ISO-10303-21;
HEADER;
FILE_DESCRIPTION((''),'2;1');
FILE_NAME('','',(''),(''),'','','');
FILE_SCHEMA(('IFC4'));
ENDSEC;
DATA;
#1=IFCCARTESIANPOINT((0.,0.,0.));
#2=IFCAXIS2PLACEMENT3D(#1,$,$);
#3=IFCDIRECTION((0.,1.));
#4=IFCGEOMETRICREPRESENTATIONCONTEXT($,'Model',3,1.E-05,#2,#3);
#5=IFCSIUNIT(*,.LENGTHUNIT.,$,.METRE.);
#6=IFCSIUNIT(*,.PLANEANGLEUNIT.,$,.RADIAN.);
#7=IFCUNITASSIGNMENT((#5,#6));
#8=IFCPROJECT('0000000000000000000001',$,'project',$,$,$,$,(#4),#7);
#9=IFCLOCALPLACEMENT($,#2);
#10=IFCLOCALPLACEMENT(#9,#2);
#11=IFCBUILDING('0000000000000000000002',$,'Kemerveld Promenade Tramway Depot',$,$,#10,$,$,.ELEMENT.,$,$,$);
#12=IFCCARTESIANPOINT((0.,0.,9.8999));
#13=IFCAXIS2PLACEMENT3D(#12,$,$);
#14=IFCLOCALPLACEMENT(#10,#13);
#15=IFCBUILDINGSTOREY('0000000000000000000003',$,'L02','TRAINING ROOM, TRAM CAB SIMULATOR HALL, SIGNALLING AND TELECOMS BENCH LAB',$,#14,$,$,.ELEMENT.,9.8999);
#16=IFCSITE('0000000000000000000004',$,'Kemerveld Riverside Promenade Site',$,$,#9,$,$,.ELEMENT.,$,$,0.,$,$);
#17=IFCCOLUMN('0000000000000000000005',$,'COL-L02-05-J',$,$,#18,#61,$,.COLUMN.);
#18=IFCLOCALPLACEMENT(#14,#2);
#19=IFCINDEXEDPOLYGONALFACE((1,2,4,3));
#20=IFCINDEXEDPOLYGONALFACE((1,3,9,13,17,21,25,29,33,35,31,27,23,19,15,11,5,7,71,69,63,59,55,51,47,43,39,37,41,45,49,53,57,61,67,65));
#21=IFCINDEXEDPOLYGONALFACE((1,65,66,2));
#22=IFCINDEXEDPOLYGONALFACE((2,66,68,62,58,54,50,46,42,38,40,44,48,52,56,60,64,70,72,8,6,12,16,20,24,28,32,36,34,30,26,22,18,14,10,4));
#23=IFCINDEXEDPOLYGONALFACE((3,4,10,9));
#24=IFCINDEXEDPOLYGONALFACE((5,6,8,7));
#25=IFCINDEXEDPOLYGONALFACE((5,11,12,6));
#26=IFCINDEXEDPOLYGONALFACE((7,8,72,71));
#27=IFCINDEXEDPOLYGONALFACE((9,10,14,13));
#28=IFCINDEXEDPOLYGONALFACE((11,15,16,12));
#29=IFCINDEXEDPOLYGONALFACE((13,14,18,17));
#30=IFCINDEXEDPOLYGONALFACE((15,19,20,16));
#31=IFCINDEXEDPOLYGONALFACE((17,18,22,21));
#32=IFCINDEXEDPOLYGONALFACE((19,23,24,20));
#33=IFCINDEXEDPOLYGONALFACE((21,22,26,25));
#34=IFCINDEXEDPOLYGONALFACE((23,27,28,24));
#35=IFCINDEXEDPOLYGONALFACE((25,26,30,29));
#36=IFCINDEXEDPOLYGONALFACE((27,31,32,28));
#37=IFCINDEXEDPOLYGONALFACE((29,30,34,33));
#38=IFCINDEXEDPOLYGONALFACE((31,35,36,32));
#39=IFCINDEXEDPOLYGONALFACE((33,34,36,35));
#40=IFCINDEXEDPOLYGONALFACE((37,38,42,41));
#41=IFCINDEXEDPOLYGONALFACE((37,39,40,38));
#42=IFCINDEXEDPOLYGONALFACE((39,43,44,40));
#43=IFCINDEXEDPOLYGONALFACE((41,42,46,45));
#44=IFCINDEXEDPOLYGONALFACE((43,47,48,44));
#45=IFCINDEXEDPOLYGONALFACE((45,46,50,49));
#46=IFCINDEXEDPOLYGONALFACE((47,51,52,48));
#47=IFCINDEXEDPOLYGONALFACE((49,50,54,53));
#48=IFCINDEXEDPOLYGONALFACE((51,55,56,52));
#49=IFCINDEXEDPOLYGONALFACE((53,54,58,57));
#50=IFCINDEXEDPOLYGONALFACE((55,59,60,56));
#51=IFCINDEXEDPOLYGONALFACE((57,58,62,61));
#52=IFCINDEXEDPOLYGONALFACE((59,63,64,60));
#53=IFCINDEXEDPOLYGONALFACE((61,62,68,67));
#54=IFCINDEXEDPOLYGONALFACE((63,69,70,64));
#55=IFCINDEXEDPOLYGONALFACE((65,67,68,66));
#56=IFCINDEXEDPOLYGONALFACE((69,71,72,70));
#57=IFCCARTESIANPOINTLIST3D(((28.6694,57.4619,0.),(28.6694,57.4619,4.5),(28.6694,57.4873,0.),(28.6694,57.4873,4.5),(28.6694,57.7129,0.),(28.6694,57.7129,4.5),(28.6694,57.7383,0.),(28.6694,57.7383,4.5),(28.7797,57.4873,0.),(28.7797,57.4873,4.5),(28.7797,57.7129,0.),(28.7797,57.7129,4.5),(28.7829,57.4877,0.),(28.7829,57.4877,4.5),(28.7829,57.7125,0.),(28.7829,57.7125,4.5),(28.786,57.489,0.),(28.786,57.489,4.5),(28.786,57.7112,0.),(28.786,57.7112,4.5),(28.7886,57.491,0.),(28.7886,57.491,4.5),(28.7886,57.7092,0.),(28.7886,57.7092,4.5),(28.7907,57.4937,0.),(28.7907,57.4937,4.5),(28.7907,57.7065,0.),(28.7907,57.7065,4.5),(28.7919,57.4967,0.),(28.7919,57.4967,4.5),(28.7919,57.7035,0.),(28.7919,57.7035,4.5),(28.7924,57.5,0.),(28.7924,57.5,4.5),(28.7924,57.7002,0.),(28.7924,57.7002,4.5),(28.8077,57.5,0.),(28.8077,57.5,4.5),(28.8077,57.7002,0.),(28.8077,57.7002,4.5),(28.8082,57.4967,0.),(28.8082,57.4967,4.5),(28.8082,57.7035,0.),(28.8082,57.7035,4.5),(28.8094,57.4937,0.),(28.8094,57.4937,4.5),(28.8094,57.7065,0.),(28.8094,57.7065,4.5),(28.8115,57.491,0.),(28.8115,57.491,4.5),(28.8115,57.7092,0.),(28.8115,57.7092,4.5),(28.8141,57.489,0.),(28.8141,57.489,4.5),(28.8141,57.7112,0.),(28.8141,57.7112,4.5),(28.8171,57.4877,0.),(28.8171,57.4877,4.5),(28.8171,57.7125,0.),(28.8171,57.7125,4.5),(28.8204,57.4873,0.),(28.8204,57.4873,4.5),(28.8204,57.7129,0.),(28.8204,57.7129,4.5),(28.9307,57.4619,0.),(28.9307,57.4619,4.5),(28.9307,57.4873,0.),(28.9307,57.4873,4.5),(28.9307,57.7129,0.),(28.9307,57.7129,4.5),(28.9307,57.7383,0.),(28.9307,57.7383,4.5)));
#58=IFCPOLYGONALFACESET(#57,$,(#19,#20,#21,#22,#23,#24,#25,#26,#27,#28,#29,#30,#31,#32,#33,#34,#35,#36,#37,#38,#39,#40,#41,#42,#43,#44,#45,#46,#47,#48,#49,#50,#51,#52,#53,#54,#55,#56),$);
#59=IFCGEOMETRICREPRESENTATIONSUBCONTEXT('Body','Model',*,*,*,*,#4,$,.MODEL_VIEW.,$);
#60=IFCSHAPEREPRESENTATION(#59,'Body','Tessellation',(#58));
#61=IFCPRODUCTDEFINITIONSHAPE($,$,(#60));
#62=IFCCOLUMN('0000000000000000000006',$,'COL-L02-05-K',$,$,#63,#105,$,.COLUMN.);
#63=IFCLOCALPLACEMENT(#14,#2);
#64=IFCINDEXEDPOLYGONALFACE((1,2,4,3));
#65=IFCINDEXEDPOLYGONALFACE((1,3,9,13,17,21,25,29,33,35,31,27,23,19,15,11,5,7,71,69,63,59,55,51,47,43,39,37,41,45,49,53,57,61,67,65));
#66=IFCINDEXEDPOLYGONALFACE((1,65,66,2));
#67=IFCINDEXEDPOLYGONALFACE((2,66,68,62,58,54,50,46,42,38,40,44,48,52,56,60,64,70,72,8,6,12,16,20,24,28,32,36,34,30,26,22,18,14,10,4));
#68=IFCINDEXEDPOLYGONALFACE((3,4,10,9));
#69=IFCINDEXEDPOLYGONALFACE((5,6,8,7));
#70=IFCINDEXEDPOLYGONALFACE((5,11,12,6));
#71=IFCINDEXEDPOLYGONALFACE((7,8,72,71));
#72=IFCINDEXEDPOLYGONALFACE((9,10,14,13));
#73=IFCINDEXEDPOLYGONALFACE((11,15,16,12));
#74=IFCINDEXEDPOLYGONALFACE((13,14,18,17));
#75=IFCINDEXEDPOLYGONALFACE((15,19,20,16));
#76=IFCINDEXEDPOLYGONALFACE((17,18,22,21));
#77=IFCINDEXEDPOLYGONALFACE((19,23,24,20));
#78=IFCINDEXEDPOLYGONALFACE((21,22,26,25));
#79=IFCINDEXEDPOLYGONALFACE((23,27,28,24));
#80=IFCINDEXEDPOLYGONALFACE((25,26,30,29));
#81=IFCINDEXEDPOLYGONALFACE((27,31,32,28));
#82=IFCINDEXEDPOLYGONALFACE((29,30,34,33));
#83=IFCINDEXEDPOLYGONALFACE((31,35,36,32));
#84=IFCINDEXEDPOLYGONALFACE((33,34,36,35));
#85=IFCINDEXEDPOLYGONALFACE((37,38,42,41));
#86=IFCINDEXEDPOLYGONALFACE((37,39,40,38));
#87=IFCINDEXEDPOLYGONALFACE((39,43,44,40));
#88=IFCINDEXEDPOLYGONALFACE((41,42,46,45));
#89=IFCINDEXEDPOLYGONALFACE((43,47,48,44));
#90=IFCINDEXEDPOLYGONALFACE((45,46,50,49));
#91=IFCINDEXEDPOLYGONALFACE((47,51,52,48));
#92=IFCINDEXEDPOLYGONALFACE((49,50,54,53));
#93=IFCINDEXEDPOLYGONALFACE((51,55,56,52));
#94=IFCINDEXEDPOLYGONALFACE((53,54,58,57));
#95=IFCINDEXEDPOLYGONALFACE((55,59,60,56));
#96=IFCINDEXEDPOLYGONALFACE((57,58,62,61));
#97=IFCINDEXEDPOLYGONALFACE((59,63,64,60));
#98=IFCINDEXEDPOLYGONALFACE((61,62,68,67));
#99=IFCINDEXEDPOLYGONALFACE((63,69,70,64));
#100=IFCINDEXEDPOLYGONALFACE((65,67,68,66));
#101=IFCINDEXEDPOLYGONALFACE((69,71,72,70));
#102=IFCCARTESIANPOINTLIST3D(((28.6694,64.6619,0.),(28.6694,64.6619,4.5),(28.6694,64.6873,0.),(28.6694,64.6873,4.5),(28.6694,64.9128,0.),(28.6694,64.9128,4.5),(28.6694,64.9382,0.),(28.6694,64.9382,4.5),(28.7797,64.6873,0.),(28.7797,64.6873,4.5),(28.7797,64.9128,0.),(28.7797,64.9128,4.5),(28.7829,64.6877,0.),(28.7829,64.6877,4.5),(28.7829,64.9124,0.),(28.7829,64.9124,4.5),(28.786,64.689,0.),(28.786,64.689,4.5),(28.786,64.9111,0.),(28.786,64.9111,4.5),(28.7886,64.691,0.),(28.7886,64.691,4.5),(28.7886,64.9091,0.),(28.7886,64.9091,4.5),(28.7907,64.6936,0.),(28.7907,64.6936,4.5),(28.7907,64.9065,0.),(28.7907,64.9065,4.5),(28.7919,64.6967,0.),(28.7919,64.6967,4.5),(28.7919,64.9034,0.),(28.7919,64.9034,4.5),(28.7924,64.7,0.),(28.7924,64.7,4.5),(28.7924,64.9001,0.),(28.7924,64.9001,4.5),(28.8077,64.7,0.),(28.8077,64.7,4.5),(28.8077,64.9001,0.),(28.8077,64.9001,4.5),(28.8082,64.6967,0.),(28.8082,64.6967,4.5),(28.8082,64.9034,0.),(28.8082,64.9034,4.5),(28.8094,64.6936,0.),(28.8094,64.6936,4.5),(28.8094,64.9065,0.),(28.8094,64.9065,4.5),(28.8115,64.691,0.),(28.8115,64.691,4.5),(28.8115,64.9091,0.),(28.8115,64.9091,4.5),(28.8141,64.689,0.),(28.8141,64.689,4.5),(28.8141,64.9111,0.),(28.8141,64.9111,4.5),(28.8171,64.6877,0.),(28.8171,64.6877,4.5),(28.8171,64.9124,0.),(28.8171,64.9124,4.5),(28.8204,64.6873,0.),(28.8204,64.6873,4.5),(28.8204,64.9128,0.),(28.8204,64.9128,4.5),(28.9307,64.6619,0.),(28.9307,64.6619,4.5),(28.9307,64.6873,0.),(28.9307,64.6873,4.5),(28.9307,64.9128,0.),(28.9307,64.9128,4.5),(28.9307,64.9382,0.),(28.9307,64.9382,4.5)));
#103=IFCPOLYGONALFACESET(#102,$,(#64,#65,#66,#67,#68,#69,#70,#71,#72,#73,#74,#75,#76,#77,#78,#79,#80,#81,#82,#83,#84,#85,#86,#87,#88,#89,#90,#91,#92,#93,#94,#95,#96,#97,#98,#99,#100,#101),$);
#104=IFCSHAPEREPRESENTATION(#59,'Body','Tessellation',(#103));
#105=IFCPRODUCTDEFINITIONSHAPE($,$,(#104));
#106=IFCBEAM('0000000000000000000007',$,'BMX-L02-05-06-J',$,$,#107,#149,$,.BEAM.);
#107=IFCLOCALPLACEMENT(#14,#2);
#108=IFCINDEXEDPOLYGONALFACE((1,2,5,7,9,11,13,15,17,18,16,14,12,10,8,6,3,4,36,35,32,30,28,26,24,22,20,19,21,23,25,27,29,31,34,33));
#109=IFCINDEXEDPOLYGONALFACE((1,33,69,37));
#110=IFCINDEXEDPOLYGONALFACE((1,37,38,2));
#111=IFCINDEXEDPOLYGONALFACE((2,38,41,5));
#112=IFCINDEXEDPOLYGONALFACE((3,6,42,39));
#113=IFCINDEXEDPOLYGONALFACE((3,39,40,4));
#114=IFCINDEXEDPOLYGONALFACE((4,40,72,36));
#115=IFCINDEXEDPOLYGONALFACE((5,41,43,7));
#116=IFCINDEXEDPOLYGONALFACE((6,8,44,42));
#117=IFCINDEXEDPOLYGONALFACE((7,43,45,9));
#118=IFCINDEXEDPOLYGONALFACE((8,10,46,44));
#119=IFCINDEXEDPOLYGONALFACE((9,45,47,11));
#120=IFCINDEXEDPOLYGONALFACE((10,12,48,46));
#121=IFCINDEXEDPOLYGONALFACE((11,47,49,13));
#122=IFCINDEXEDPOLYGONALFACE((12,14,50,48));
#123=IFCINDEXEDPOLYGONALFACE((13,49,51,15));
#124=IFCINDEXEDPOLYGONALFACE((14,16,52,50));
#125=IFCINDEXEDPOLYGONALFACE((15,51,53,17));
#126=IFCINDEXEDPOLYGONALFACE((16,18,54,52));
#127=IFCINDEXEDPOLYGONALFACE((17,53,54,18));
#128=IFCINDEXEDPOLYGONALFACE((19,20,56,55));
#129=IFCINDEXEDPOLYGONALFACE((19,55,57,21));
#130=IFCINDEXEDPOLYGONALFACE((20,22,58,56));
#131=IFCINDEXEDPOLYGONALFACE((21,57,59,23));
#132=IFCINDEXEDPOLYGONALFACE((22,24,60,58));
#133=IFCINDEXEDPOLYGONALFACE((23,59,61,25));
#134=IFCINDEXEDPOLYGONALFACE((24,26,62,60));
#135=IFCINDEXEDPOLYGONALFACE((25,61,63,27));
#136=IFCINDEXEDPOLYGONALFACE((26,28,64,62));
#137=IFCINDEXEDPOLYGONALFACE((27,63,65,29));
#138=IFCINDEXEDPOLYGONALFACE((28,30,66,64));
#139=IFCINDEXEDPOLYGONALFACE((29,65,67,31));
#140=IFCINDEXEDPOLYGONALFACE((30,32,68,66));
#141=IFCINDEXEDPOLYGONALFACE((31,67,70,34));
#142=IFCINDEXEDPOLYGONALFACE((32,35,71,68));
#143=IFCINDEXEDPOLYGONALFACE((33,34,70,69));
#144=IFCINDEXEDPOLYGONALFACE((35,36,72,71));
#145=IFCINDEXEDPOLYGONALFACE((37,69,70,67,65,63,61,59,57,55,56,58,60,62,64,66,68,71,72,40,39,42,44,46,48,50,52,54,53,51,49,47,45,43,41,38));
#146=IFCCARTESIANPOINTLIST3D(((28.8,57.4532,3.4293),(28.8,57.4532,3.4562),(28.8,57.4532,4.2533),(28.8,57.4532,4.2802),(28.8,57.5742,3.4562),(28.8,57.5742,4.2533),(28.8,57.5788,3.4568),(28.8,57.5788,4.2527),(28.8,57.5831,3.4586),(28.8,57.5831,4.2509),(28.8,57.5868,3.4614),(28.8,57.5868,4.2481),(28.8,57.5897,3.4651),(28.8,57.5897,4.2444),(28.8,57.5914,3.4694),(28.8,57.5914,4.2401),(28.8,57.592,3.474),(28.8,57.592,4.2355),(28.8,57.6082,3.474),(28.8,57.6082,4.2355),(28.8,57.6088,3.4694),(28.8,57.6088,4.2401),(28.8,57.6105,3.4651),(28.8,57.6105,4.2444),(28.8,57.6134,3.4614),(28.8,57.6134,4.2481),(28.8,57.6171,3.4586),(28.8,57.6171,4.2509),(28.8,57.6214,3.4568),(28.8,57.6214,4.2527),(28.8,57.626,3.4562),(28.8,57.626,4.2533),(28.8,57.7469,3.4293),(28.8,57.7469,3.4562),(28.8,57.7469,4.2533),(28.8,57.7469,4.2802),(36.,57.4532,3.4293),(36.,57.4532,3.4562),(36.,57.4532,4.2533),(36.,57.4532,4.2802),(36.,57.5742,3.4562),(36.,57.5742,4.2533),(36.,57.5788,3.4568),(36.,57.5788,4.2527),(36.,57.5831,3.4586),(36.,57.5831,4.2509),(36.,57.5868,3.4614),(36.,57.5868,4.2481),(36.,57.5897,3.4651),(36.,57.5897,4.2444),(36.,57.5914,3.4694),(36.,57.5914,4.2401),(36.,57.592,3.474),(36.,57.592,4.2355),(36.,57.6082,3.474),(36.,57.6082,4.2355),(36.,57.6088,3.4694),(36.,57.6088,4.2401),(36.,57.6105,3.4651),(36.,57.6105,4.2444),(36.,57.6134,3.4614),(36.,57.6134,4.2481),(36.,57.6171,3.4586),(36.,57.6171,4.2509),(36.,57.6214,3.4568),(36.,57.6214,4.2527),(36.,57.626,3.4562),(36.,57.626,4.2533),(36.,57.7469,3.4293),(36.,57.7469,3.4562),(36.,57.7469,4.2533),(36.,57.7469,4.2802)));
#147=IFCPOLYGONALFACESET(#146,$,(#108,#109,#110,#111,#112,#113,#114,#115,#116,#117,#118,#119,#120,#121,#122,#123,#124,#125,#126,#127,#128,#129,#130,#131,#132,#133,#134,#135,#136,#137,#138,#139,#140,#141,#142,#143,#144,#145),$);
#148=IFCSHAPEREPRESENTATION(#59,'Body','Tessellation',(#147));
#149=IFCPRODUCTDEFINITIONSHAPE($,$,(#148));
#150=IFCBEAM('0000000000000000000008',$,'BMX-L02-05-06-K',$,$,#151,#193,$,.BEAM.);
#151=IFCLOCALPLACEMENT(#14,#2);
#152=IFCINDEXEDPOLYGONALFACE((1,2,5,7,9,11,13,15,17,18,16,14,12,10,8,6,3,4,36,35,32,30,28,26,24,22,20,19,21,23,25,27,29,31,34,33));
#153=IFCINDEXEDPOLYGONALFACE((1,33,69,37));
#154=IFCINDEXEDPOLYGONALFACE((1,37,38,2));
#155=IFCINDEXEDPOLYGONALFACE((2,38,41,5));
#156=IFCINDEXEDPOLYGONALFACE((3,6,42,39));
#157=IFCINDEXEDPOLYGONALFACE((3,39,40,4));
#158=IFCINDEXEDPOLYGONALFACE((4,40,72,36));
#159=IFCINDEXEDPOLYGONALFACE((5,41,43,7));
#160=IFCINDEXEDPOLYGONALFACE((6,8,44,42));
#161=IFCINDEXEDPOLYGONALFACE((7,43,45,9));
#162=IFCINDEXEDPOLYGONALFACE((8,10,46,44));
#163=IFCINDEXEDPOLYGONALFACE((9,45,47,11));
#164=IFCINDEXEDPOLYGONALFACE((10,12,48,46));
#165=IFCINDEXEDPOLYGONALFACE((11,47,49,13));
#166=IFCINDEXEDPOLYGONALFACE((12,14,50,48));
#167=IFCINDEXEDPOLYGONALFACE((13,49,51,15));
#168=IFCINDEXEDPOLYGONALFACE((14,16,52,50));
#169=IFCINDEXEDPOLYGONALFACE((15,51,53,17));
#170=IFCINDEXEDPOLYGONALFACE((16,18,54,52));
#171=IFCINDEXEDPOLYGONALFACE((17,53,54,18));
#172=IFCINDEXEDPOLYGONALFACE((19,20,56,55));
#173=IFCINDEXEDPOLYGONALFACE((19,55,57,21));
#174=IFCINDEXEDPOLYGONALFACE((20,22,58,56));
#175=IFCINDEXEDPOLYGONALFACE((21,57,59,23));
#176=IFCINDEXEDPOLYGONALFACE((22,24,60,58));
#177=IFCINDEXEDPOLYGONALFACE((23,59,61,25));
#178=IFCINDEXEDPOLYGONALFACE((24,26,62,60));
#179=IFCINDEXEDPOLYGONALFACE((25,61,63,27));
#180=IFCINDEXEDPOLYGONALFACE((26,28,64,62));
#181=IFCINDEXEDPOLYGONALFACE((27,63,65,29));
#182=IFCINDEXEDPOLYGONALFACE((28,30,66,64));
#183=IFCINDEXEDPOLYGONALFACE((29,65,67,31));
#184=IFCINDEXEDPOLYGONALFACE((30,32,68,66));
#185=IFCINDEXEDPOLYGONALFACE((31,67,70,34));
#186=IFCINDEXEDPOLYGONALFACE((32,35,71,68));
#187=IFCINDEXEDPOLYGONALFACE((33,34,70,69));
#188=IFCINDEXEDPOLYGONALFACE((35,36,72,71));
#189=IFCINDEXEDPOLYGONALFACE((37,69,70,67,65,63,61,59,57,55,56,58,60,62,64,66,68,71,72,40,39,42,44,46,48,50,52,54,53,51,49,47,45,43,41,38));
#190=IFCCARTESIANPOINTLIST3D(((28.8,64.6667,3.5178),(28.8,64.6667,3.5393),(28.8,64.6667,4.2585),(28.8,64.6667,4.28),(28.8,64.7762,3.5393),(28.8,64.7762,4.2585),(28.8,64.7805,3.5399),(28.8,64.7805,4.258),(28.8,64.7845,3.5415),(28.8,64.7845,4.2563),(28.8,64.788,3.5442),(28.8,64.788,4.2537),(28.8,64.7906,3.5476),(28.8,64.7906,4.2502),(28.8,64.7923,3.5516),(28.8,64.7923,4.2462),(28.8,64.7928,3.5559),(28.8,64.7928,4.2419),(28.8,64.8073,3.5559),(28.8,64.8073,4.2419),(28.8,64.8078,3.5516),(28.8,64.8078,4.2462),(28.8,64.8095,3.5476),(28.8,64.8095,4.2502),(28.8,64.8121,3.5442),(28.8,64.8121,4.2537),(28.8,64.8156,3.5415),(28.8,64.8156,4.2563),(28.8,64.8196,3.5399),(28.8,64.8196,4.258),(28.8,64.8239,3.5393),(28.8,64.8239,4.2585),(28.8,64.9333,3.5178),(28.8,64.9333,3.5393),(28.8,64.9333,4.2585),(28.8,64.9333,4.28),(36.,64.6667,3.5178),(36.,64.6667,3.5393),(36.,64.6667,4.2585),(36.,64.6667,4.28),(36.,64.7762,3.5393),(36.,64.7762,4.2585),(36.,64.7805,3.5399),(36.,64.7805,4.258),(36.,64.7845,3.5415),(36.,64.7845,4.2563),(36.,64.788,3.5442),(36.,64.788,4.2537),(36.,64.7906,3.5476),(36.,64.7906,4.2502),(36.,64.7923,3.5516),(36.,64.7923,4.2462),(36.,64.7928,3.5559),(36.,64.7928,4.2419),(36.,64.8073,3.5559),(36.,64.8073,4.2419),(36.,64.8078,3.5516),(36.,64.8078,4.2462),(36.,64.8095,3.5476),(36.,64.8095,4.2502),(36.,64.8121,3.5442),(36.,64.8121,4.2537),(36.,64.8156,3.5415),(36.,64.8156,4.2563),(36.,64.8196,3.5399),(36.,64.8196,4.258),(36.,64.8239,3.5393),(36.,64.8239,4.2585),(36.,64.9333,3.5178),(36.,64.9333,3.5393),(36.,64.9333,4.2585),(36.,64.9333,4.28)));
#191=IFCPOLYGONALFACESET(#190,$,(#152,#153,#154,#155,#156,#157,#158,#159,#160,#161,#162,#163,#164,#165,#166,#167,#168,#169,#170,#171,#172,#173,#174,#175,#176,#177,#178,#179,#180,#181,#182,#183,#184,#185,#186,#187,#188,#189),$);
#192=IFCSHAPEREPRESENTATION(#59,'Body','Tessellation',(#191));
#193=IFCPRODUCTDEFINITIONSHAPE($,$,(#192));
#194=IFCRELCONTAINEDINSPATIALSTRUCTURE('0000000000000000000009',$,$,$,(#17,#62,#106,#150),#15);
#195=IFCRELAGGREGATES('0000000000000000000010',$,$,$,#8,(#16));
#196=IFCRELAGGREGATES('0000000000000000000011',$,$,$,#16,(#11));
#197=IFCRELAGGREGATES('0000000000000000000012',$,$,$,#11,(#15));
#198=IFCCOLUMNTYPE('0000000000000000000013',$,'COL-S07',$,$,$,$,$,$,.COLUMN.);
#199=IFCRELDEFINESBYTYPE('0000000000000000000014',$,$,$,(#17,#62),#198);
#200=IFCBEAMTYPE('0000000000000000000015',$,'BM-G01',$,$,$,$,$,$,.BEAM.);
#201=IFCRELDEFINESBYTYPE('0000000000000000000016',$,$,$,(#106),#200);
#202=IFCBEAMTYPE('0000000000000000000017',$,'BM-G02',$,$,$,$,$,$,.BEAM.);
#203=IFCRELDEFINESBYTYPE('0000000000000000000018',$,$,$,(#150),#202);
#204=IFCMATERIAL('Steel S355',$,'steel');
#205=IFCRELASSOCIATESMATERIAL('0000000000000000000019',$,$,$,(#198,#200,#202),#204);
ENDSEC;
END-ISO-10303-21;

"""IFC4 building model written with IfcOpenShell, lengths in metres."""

from ifc_helpers import new_model, si_unit, direction, frame, origin, origin_2d, place, context, subcontext, project, spatial, i_section, extrude, material, material_profile, profile_set, type_object, element, save


model = new_model("IFC4")

# Units and contexts
model_context = context("Model", 3, precision=1e-05, world=origin(), true_north=direction((0.0, 1.0)))
body_context = subcontext(model_context, "Body", "Model", "MODEL_VIEW")
ifc_project = project(units=[si_unit("LENGTHUNIT", "METRE"), si_unit("PLANEANGLEUNIT", "RADIAN")], contexts=[model_context])

# Site, building, storey
site_placement = place(None, origin())
site = spatial("IfcSite", under=ifc_project, at=site_placement, Name="Kemerveld Riverside Promenade Site", CompositionType="ELEMENT", RefElevation=0.0)
building_placement = place(site_placement, origin())
building = spatial("IfcBuilding", under=site, at=building_placement, Name="Kemerveld Promenade Tramway Depot", CompositionType="ELEMENT")
storey_placement = place(building_placement, frame((0.0, 0.0, 9.8999)))
storey = spatial("IfcBuildingStorey", under=building, at=storey_placement, Name="L02", Description="TRAINING ROOM, TRAM CAB SIMULATOR HALL, SIGNALLING AND TELECOMS BENCH LAB", CompositionType="ELEMENT", Elevation=9.8999)

# Columns
ifc_material_1 = material(Name="Steel S355", Category="steel")
ifc_material_profile_1 = material_profile(ifc_material_1, i_section(OverallWidth=0.2612, OverallDepth=0.2764, WebThickness=0.0154, FlangeThickness=0.0254, FilletRadius=0.0127, at=origin_2d()), Name="254x254x132 UC")
ifc_profile_set_1 = profile_set([ifc_material_profile_1], Name="Steel S355")
column_type = type_object("IfcColumnType", Name="COL-S07", PredefinedType="COLUMN", material=ifc_profile_set_1)
for number, where, z_axis, x_axis, name in (
    (1, (28.8, 57.6001, 0.0), (0.0, 0.0, 1.0), (1.0, 0.0, 0.0), "COL-L02-05-J"),
    (2, (28.8, 64.8, 0.0), (0.0, 0.0, 1.0), (1.0, 0.0, 0.0), "COL-L02-05-K"),
):
    element("IfcColumn", number, at=place(storey_placement, frame(where, z_axis=z_axis, x_axis=x_axis)), inside=storey, type_object=column_type, Name=name, PredefinedType="COLUMN", context=body_context, shape_type="SweptSolid", body=[
        extrude(i_section(OverallWidth=0.2612, OverallDepth=0.2764, WebThickness=0.0154, FlangeThickness=0.0254, FilletRadius=0.0127, at=origin_2d()), origin(), (0.0, 0.0, 1.0), 4.5),
    ])

# Beams
ifc_material_profile_2 = material_profile(ifc_material_1, i_section(OverallWidth=0.2937, OverallDepth=0.8508, WebThickness=0.0161, FlangeThickness=0.0269, FilletRadius=0.0178, at=origin_2d()), Name="838x292x226 UB")
ifc_profile_set_2 = profile_set([ifc_material_profile_2], Name="Steel S355")
beam_type_1 = type_object("IfcBeamType", Name="BM-G01", PredefinedType="BEAM", material=ifc_profile_set_2)
beam_1_placement = place(storey_placement, frame((28.8, 57.6001, 3.8547), z_axis=(1.0, 0.0, 0.0), x_axis=(0.0, 1.0, 0.0)))
element("IfcBeam", 3, at=beam_1_placement, inside=storey, type_object=beam_type_1, Name="BMX-L02-05-06-J", PredefinedType="BEAM", context=body_context, shape_type="SweptSolid", body=[
    extrude(i_section(OverallWidth=0.2937, OverallDepth=0.8508, WebThickness=0.0161, FlangeThickness=0.0269, FilletRadius=0.0178, at=origin_2d()), origin(), (0.0, 0.0, 1.0), 7.2),
])
ifc_material_profile_3 = material_profile(ifc_material_1, i_section(OverallWidth=0.2666, OverallDepth=0.7622, WebThickness=0.0144, FlangeThickness=0.0215, FilletRadius=0.0166, at=origin_2d()), Name="762x267x173 UB")
ifc_profile_set_3 = profile_set([ifc_material_profile_3], Name="Steel S355")
beam_type_2 = type_object("IfcBeamType", Name="BM-G02", PredefinedType="BEAM", material=ifc_profile_set_3)
beam_2_placement = place(storey_placement, frame((28.8, 64.8, 3.8989), z_axis=(1.0, 0.0, 0.0), x_axis=(0.0, 1.0, 0.0)))
element("IfcBeam", 4, at=beam_2_placement, inside=storey, type_object=beam_type_2, Name="BMX-L02-05-06-K", PredefinedType="BEAM", context=body_context, shape_type="SweptSolid", body=[
    extrude(i_section(OverallWidth=0.2666, OverallDepth=0.7622, WebThickness=0.0144, FlangeThickness=0.0215, FilletRadius=0.0166, at=origin_2d()), origin(), (0.0, 0.0, 1.0), 7.2),
])

save(model, "model.ifc")
